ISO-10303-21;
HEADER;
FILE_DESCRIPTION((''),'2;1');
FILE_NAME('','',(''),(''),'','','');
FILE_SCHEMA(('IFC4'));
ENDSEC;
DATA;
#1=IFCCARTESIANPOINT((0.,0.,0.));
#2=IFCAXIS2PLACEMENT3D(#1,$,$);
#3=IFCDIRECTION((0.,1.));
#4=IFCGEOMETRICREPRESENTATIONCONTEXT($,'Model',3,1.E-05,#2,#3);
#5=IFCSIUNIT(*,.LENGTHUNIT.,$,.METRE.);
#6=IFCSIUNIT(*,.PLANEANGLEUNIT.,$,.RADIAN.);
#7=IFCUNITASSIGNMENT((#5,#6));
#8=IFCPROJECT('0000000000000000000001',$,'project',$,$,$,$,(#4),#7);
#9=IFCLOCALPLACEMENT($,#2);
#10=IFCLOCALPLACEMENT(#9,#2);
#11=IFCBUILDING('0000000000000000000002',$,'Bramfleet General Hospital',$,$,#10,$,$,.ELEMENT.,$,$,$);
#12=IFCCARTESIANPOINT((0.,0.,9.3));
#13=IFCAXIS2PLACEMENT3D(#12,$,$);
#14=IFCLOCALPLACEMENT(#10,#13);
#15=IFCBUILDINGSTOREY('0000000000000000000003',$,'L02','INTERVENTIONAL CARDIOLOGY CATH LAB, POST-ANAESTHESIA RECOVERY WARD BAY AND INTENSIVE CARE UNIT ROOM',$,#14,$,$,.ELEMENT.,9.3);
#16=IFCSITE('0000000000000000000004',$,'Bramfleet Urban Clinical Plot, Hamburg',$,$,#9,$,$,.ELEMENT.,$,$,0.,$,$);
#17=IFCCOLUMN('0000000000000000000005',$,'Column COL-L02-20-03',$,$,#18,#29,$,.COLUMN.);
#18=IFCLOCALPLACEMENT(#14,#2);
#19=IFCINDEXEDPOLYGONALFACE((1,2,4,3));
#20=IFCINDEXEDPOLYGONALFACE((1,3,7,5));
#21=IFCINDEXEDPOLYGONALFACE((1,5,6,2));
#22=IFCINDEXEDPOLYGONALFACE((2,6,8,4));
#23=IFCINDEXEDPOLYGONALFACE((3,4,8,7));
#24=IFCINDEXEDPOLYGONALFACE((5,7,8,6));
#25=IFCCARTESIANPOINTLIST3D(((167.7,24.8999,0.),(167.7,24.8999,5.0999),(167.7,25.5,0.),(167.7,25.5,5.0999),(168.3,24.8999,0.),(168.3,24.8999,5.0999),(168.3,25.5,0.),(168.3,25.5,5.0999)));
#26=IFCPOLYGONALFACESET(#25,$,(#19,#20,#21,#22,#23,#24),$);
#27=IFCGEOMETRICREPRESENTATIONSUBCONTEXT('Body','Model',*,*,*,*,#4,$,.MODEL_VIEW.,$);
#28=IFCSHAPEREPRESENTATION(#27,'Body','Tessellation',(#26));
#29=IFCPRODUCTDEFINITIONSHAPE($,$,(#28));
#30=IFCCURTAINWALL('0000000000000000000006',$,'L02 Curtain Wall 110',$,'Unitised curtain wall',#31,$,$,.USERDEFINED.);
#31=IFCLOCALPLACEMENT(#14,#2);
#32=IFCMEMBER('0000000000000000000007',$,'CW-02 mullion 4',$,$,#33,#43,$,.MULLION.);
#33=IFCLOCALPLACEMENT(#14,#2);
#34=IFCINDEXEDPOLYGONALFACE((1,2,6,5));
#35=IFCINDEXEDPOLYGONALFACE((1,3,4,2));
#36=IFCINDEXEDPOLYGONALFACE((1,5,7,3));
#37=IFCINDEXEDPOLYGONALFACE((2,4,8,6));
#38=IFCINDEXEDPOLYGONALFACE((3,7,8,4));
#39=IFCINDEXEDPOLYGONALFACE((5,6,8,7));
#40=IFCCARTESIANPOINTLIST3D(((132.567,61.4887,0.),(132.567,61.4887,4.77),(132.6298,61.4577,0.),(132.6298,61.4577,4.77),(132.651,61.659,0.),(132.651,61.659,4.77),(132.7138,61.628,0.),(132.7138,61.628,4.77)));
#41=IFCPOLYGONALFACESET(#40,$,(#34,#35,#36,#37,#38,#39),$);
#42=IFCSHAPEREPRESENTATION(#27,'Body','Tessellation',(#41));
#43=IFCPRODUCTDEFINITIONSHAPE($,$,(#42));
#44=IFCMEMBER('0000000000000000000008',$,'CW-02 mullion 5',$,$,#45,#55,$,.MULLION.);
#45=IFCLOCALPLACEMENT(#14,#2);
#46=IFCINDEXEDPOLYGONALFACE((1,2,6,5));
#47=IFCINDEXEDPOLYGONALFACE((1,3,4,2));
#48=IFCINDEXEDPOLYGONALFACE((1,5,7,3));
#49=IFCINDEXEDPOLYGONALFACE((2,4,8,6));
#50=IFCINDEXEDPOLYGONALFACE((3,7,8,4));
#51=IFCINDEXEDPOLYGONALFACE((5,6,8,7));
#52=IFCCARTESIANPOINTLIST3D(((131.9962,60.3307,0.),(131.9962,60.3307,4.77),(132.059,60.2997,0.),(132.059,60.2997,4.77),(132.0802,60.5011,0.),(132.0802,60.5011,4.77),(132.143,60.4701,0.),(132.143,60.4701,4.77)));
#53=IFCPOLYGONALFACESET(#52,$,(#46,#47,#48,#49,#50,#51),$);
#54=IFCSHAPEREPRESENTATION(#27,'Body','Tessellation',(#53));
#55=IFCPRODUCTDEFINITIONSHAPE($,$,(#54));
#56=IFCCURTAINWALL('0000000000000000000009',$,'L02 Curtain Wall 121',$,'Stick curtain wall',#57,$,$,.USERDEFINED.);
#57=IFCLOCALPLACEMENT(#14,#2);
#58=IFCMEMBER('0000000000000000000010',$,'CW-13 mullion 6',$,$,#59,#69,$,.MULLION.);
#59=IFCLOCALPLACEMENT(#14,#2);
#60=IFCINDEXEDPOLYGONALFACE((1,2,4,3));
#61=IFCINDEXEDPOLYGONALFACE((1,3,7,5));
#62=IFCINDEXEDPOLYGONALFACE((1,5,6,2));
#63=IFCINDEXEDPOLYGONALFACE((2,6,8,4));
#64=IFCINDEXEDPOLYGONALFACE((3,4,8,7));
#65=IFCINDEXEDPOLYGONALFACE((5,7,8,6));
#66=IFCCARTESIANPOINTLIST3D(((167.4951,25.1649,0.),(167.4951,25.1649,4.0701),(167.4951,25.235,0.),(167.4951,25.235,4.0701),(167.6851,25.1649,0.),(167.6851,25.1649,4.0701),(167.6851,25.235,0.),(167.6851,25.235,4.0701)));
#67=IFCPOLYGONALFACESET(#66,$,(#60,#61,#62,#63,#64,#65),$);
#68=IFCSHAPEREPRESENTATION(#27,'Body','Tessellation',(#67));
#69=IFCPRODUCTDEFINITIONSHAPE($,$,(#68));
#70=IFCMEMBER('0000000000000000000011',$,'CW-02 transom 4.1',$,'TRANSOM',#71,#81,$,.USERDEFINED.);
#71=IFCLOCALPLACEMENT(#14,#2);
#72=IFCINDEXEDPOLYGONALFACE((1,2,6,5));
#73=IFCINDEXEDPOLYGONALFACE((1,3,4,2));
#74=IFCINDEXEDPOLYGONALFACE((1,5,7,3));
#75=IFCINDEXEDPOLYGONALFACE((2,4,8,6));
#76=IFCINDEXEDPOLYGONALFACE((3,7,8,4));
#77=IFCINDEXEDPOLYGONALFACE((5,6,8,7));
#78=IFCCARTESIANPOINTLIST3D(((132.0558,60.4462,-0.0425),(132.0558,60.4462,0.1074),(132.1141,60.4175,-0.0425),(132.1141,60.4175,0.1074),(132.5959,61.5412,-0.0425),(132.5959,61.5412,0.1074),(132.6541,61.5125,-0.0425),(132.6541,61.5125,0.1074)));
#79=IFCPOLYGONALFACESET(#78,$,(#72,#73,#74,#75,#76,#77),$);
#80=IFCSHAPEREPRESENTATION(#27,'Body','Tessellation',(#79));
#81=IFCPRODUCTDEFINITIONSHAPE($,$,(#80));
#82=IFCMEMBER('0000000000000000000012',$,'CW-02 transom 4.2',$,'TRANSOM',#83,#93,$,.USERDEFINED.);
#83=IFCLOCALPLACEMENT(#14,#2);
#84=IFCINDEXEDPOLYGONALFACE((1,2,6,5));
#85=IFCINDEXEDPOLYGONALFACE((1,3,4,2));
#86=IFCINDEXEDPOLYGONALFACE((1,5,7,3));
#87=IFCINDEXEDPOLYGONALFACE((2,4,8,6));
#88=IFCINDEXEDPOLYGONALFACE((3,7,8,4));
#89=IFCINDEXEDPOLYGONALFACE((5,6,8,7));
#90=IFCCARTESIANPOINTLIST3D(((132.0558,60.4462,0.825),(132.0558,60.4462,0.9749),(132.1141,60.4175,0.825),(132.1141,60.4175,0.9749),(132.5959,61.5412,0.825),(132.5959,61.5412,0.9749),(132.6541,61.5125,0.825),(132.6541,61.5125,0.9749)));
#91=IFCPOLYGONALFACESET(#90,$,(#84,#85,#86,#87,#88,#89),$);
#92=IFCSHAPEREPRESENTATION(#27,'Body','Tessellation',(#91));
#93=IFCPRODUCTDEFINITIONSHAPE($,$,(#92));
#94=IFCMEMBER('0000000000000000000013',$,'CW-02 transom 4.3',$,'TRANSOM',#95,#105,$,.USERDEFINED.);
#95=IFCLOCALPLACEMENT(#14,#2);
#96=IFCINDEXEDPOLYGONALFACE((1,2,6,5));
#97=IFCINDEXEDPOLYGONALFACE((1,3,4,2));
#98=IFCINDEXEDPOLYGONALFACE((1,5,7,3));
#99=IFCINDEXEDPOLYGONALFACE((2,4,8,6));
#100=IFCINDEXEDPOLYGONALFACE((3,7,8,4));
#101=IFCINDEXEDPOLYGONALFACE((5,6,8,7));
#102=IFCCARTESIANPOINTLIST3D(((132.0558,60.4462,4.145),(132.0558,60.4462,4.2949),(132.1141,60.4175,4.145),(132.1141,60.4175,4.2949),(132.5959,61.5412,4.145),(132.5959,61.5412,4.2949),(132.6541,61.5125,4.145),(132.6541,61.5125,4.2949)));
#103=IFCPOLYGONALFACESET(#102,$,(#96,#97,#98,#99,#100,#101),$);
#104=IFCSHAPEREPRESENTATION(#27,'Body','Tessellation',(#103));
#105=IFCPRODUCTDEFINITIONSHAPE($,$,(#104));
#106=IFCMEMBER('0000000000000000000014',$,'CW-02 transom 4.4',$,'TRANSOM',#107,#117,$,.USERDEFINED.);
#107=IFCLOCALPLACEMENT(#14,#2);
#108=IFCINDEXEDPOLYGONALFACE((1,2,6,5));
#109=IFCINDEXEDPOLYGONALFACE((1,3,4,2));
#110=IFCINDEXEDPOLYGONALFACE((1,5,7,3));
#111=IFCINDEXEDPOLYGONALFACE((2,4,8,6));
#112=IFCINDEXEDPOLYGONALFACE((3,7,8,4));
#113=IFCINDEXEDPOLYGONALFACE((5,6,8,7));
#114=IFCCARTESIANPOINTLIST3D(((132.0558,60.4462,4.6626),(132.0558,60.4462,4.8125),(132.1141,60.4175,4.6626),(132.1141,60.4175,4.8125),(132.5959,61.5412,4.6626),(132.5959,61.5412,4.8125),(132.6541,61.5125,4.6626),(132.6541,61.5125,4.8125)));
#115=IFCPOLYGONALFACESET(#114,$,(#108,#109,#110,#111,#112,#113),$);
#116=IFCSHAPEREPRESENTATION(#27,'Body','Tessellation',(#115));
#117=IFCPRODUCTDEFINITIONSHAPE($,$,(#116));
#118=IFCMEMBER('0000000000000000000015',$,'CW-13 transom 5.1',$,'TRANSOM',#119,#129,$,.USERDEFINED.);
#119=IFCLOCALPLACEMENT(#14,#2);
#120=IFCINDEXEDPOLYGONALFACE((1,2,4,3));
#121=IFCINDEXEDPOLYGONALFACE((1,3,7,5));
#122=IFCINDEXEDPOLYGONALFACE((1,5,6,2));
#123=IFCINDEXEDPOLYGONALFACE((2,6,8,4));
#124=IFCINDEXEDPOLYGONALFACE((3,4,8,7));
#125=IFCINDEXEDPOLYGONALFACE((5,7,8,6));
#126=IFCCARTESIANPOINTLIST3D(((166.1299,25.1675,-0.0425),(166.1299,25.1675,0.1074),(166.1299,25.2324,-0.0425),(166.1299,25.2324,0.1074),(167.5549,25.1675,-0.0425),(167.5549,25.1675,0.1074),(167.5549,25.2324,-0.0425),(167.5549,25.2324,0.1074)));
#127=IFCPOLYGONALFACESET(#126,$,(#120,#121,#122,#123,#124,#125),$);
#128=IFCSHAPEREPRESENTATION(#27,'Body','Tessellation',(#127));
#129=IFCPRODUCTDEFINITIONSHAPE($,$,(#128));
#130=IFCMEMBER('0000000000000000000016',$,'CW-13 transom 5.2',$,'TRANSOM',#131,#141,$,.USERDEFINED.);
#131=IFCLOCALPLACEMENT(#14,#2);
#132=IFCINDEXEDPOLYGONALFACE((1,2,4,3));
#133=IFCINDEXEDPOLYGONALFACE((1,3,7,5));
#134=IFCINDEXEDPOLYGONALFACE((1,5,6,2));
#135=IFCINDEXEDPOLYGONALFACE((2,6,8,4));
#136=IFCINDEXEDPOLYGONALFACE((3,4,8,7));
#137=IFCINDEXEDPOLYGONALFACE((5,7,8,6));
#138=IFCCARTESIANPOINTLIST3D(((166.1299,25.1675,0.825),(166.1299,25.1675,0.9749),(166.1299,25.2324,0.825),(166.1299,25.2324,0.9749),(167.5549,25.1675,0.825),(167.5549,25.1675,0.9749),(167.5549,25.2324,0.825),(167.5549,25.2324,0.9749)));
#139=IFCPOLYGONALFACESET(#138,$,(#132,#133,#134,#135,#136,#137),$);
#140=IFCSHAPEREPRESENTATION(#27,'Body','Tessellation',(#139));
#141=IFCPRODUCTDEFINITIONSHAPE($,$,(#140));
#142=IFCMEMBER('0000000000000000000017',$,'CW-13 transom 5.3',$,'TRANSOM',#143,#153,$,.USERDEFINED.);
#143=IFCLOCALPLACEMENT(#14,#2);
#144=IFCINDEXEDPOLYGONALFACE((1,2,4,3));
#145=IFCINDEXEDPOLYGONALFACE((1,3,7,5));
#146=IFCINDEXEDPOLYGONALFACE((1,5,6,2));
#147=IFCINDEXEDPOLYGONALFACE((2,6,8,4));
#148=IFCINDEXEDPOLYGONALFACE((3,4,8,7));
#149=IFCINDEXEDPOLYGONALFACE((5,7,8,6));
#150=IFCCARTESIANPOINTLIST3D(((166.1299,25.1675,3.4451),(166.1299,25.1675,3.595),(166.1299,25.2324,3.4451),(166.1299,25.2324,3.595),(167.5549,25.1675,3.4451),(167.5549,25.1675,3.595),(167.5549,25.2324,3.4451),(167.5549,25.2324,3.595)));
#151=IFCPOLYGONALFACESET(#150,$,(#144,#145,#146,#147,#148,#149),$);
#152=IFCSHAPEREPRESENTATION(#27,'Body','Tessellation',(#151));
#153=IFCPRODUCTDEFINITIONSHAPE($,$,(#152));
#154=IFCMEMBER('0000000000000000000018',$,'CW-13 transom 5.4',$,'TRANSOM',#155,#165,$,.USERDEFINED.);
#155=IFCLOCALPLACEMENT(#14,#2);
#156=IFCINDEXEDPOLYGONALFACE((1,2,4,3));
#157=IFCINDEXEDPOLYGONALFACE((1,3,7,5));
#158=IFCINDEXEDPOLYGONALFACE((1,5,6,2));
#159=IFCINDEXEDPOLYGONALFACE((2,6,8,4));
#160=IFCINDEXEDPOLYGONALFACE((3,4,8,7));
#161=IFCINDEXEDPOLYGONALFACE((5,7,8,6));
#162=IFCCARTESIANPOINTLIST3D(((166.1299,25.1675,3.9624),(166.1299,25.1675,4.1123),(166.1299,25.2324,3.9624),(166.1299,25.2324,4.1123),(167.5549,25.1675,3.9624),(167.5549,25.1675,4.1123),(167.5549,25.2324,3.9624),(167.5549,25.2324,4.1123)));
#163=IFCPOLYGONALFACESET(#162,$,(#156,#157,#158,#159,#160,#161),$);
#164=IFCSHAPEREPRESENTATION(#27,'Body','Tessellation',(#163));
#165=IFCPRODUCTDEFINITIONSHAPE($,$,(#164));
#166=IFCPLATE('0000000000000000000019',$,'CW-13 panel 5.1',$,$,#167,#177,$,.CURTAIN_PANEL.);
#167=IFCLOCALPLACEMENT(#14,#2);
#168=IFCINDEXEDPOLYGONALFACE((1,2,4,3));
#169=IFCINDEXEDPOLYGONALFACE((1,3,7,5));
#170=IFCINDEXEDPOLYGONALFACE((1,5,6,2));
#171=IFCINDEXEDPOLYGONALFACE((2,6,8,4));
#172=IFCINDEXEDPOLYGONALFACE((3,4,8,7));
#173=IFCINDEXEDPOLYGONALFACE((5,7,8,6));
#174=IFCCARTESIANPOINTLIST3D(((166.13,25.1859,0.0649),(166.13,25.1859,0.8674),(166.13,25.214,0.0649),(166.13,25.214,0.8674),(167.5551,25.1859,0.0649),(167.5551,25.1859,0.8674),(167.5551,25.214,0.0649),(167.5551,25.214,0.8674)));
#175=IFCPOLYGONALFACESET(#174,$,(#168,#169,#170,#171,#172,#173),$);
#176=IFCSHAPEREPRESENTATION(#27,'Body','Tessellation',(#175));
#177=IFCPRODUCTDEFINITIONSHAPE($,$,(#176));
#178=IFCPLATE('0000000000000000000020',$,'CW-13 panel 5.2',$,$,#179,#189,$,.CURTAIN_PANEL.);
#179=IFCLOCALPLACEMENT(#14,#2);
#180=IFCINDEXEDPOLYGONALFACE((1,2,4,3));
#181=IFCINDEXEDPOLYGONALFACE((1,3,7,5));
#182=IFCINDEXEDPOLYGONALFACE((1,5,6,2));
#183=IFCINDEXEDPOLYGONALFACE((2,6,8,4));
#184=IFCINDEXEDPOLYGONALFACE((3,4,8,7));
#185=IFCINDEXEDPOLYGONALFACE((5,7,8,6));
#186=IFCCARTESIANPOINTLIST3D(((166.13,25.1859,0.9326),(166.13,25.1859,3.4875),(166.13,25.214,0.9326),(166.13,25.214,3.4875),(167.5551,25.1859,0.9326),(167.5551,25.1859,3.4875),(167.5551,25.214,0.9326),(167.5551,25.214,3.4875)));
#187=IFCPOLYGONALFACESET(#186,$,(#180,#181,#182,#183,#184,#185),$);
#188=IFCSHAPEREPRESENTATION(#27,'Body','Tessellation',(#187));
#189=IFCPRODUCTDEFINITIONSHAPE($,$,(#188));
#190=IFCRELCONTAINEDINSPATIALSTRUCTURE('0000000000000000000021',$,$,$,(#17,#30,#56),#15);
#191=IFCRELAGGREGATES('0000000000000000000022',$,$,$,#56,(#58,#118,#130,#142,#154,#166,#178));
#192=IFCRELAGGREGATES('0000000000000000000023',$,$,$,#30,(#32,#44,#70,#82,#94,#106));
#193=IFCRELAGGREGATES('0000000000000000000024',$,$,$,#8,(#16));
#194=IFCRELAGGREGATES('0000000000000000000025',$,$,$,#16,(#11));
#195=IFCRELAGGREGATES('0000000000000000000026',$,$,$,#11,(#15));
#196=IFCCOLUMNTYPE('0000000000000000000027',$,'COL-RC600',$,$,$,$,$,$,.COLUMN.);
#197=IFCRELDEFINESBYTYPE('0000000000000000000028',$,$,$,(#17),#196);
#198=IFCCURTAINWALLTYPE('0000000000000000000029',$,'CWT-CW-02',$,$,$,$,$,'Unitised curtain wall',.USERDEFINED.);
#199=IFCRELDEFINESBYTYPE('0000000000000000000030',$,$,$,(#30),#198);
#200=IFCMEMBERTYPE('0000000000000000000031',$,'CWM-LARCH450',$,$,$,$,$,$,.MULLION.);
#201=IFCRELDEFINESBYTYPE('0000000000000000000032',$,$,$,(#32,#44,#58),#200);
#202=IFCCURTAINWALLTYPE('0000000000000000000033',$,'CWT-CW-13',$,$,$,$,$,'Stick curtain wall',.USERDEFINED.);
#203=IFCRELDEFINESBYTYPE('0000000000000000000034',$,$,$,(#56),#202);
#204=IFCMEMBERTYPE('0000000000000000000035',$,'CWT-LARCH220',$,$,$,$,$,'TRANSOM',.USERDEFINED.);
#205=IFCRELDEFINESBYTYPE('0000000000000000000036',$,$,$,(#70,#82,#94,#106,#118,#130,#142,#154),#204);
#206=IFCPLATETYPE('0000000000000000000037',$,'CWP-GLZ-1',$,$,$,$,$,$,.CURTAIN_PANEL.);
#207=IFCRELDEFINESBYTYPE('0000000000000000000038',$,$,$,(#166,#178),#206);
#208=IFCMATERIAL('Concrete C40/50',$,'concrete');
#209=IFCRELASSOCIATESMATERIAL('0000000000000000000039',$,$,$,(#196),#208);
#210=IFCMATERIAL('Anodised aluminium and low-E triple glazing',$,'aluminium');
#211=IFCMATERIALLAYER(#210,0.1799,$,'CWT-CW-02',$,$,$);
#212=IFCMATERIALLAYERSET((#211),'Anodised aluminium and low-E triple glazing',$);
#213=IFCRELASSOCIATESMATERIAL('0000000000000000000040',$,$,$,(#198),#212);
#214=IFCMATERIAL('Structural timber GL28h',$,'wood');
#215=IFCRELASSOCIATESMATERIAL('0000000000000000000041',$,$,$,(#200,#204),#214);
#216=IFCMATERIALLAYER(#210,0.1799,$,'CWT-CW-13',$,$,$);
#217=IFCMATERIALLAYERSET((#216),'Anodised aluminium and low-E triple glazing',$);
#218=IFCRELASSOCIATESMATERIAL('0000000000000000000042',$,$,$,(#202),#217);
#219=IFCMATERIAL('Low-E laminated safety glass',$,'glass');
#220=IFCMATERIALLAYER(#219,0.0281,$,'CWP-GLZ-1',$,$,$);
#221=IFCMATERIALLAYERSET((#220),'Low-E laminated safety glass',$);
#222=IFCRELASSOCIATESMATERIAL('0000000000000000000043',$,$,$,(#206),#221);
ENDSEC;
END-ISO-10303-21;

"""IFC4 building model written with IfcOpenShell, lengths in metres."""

from ifc_helpers import new_model, si_unit, direction, frame, origin, origin_2d, place, context, subcontext, project, spatial, rectangle, extrude, material, layer, layer_set, material_profile, profile_set, type_object, element, aggregate, save


model = new_model("IFC4")

# Units and contexts
model_context = context("Model", 3, precision=1e-05, world=origin(), true_north=direction((0.0, 1.0)))
body_context = subcontext(model_context, "Body", "Model", "MODEL_VIEW")
ifc_project = project(units=[si_unit("LENGTHUNIT", "METRE"), si_unit("PLANEANGLEUNIT", "RADIAN")], contexts=[model_context])

# Site, building, storey
site_placement = place(None, origin())
site = spatial("IfcSite", under=ifc_project, at=site_placement, Name="Bramfleet Urban Clinical Plot, Hamburg", CompositionType="ELEMENT", RefElevation=0.0)
building_placement = place(site_placement, origin())
building = spatial("IfcBuilding", under=site, at=building_placement, Name="Bramfleet General Hospital", CompositionType="ELEMENT")
storey_placement = place(building_placement, frame((0.0, 0.0, 9.3)))
storey = spatial("IfcBuildingStorey", under=building, at=storey_placement, Name="L02", Description="INTERVENTIONAL CARDIOLOGY CATH LAB, POST-ANAESTHESIA RECOVERY WARD BAY AND INTENSIVE CARE UNIT ROOM", CompositionType="ELEMENT", Elevation=9.3)

# Column
ifc_material_1 = material(Name="Concrete C40/50", Category="concrete")
ifc_material_profile_1 = material_profile(ifc_material_1, rectangle(XDim=0.6001, YDim=0.6001, at=origin_2d()), Name="RC COL 600x600")
ifc_profile_set_1 = profile_set([ifc_material_profile_1], Name="Concrete C40/50")
column_type = type_object("IfcColumnType", Name="COL-RC600", PredefinedType="COLUMN", material=ifc_profile_set_1)
column_placement = place(storey_placement, frame((168.0, 25.2, 0.0), z_axis=(0.0, 0.0, 1.0), x_axis=(1.0, 0.0, 0.0)))
element("IfcColumn", 1, at=column_placement, inside=storey, type_object=column_type, Name="Column COL-L02-20-03", PredefinedType="COLUMN", context=body_context, shape_type="SweptSolid", body=[
    extrude(rectangle(XDim=0.6001, YDim=0.6001, at=origin_2d()), origin(), (0.0, 0.0, 1.0), 5.0999),
])

# Curtain wall, members
ifc_material_2 = material(Name="Anodised aluminium and low-E triple glazing", Category="aluminium")
ifc_layer_1 = layer(ifc_material_2, 0.1799, Name="CWT-CW-02")
ifc_layer_set_1 = layer_set([ifc_layer_1], Name="Anodised aluminium and low-E triple glazing")
curtain_wall_type_1 = type_object("IfcCurtainWallType", Name="CWT-CW-02", ElementType="Unitised curtain wall", PredefinedType="USERDEFINED", material=ifc_layer_set_1)
curtain_wall_1_placement = place(storey_placement, origin())
curtain_wall_1 = element("IfcCurtainWall", 2, at=curtain_wall_1_placement, inside=storey, type_object=curtain_wall_type_1, Name="L02 Curtain Wall 110", ObjectType="Unitised curtain wall", PredefinedType="USERDEFINED")
ifc_material_3 = material(Name="Structural timber GL28h", Category="wood")
ifc_material_profile_2 = material_profile(ifc_material_3, rectangle(XDim=0.0701, YDim=0.1899, at=origin_2d()), Name="LARCH 190x70")
ifc_profile_set_2 = profile_set([ifc_material_profile_2], Name="Structural timber GL28h")
member_type_1 = type_object("IfcMemberType", Name="CWM-LARCH450", PredefinedType="MULLION", material=ifc_profile_set_2)
member_1_placement = place(storey_placement, frame((132.6404, 61.5583, 0.0), z_axis=(0.0, 0.0, 1.0), x_axis=(0.896865, -0.442305, 0.0)))
member_1 = element("IfcMember", 3, at=member_1_placement, type_object=member_type_1, Name="CW-02 mullion 4", PredefinedType="MULLION", context=body_context, shape_type="SweptSolid", body=[
    extrude(rectangle(XDim=0.0701, YDim=0.1899, at=origin_2d()), origin(), (0.0, 0.0, 1.0), 4.77),
])
member_2_placement = place(storey_placement, frame((132.0696, 60.4004, 0.0), z_axis=(0.0, 0.0, 1.0), x_axis=(0.896865, -0.442305, 0.0)))
member_2 = element("IfcMember", 4, at=member_2_placement, type_object=member_type_1, Name="CW-02 mullion 5", PredefinedType="MULLION", context=body_context, shape_type="SweptSolid", body=[
    extrude(rectangle(XDim=0.0701, YDim=0.1899, at=origin_2d()), origin(), (0.0, 0.0, 1.0), 4.77),
])

# Curtain wall, member
ifc_layer_2 = layer(ifc_material_2, 0.1799, Name="CWT-CW-13")
ifc_layer_set_2 = layer_set([ifc_layer_2], Name="Anodised aluminium and low-E triple glazing")
curtain_wall_type_2 = type_object("IfcCurtainWallType", Name="CWT-CW-13", ElementType="Stick curtain wall", PredefinedType="USERDEFINED", material=ifc_layer_set_2)
curtain_wall_2_placement = place(storey_placement, origin())
curtain_wall_2 = element("IfcCurtainWall", 5, at=curtain_wall_2_placement, inside=storey, type_object=curtain_wall_type_2, Name="L02 Curtain Wall 121", ObjectType="Stick curtain wall", PredefinedType="USERDEFINED")
member_3_placement = place(storey_placement, frame((167.5901, 25.2, 0.0), z_axis=(0.0, 0.0, 1.0), x_axis=(0.0, 1.0, 0.0)))
member_3 = element("IfcMember", 6, at=member_3_placement, type_object=member_type_1, Name="CW-13 mullion 6", PredefinedType="MULLION", context=body_context, shape_type="SweptSolid", body=[
    extrude(rectangle(XDim=0.0701, YDim=0.1899, at=origin_2d()), origin(), (0.0, 0.0, 1.0), 4.0701),
])

# Members
ifc_material_profile_3 = material_profile(ifc_material_3, rectangle(XDim=0.0649, YDim=0.1499, at=origin_2d()), Name="LARCH 150x65")
ifc_profile_set_3 = profile_set([ifc_material_profile_3], Name="Structural timber GL28h")
member_type_2 = type_object("IfcMemberType", Name="CWT-LARCH220", ElementType="TRANSOM", PredefinedType="USERDEFINED", material=ifc_profile_set_3)
member_4_placement = place(storey_placement, frame((132.625, 61.5269, 0.0325), z_axis=(-0.442328, -0.896853, 0.0), x_axis=(0.896853, -0.442328, 0.0)))
member_4 = element("IfcMember", 7, at=member_4_placement, type_object=member_type_2, Name="CW-02 transom 4.1", ObjectType="TRANSOM", PredefinedType="USERDEFINED", context=body_context, shape_type="SweptSolid", body=[
    extrude(rectangle(XDim=0.0649, YDim=0.1499, at=origin_2d()), origin(), (0.0, 0.0, 1.0), 1.2209),
])
member_5_placement = place(storey_placement, frame((132.625, 61.5269, 0.8999), z_axis=(-0.442328, -0.896853, 0.0), x_axis=(0.896853, -0.442328, 0.0)))
member_5 = element("IfcMember", 8, at=member_5_placement, type_object=member_type_2, Name="CW-02 transom 4.2", ObjectType="TRANSOM", PredefinedType="USERDEFINED", context=body_context, shape_type="SweptSolid", body=[
    extrude(rectangle(XDim=0.0649, YDim=0.1499, at=origin_2d()), origin(), (0.0, 0.0, 1.0), 1.2209),
])
member_6_placement = place(storey_placement, frame((132.625, 61.5269, 4.22), z_axis=(-0.442328, -0.896853, 0.0), x_axis=(0.896853, -0.442328, 0.0)))
member_6 = element("IfcMember", 9, at=member_6_placement, type_object=member_type_2, Name="CW-02 transom 4.3", ObjectType="TRANSOM", PredefinedType="USERDEFINED", context=body_context, shape_type="SweptSolid", body=[
    extrude(rectangle(XDim=0.0649, YDim=0.1499, at=origin_2d()), origin(), (0.0, 0.0, 1.0), 1.2209),
])
member_7_placement = place(storey_placement, frame((132.625, 61.5269, 4.7375), z_axis=(-0.442328, -0.896853, 0.0), x_axis=(0.896853, -0.442328, 0.0)))
member_7 = element("IfcMember", 10, at=member_7_placement, type_object=member_type_2, Name="CW-02 transom 4.4", ObjectType="TRANSOM", PredefinedType="USERDEFINED", context=body_context, shape_type="SweptSolid", body=[
    extrude(rectangle(XDim=0.0649, YDim=0.1499, at=origin_2d()), origin(), (0.0, 0.0, 1.0), 1.2209),
])
member_8_placement = place(storey_placement, frame((166.1299, 25.2, 0.0325), z_axis=(1.0, 0.0, 0.0), x_axis=(0.0, 1.0, 0.0)))
member_8 = element("IfcMember", 11, at=member_8_placement, type_object=member_type_2, Name="CW-13 transom 5.1", ObjectType="TRANSOM", PredefinedType="USERDEFINED", context=body_context, shape_type="SweptSolid", body=[
    extrude(rectangle(XDim=0.0649, YDim=0.1499, at=origin_2d()), origin(), (0.0, 0.0, 1.0), 1.425),
])
member_9_placement = place(storey_placement, frame((166.1299, 25.2, 0.8999), z_axis=(1.0, 0.0, 0.0), x_axis=(0.0, 1.0, 0.0)))
member_9 = element("IfcMember", 12, at=member_9_placement, type_object=member_type_2, Name="CW-13 transom 5.2", ObjectType="TRANSOM", PredefinedType="USERDEFINED", context=body_context, shape_type="SweptSolid", body=[
    extrude(rectangle(XDim=0.0649, YDim=0.1499, at=origin_2d()), origin(), (0.0, 0.0, 1.0), 1.425),
])
member_10_placement = place(storey_placement, frame((166.1299, 25.2, 3.52), z_axis=(1.0, 0.0, 0.0), x_axis=(0.0, 1.0, 0.0)))
member_10 = element("IfcMember", 13, at=member_10_placement, type_object=member_type_2, Name="CW-13 transom 5.3", ObjectType="TRANSOM", PredefinedType="USERDEFINED", context=body_context, shape_type="SweptSolid", body=[
    extrude(rectangle(XDim=0.0649, YDim=0.1499, at=origin_2d()), origin(), (0.0, 0.0, 1.0), 1.425),
])
member_11_placement = place(storey_placement, frame((166.1299, 25.2, 4.0374), z_axis=(1.0, 0.0, 0.0), x_axis=(0.0, 1.0, 0.0)))
member_11 = element("IfcMember", 14, at=member_11_placement, type_object=member_type_2, Name="CW-13 transom 5.4", ObjectType="TRANSOM", PredefinedType="USERDEFINED", context=body_context, shape_type="SweptSolid", body=[
    extrude(rectangle(XDim=0.0649, YDim=0.1499, at=origin_2d()), origin(), (0.0, 0.0, 1.0), 1.425),
])

# Plates
ifc_material_4 = material(Name="Low-E laminated safety glass", Category="glass")
ifc_layer_3 = layer(ifc_material_4, 0.0281, Name="CWP-GLZ-1")
ifc_layer_set_3 = layer_set([ifc_layer_3], Name="Low-E laminated safety glass")
plate_type_1 = type_object("IfcPlateType", Name="CWP-GLZ-1", PredefinedType="CURTAIN_PANEL", material=ifc_layer_set_3)
plate_1_placement = place(storey_placement, frame((166.8425, 25.2, 0.0649), z_axis=(0.0, 0.0, 1.0), x_axis=(1.0, 0.0, 0.0)))
plate_1 = element("IfcPlate", 15, at=plate_1_placement, type_object=plate_type_1, Name="CW-13 panel 5.1", PredefinedType="CURTAIN_PANEL", context=body_context, shape_type="SweptSolid", body=[
    extrude(rectangle(XDim=1.425, YDim=0.0281, at=origin_2d()), origin(), (0.0, 0.0, 1.0), 0.8025),
])
plate_2_placement = place(storey_placement, frame((166.8425, 25.2, 0.9326), z_axis=(0.0, 0.0, 1.0), x_axis=(1.0, 0.0, 0.0)))
plate_2 = element("IfcPlate", 16, at=plate_2_placement, type_object=plate_type_1, Name="CW-13 panel 5.2", PredefinedType="CURTAIN_PANEL", context=body_context, shape_type="SweptSolid", body=[
    extrude(rectangle(XDim=1.425, YDim=0.0281, at=origin_2d()), origin(), (0.0, 0.0, 1.0), 2.5549),
])
aggregate(curtain_wall_2, [member_3, member_8, member_9, member_10, member_11, plate_1, plate_2])
aggregate(curtain_wall_1, [member_1, member_2, member_4, member_5, member_6, member_7])

save(model, "model.ifc")
